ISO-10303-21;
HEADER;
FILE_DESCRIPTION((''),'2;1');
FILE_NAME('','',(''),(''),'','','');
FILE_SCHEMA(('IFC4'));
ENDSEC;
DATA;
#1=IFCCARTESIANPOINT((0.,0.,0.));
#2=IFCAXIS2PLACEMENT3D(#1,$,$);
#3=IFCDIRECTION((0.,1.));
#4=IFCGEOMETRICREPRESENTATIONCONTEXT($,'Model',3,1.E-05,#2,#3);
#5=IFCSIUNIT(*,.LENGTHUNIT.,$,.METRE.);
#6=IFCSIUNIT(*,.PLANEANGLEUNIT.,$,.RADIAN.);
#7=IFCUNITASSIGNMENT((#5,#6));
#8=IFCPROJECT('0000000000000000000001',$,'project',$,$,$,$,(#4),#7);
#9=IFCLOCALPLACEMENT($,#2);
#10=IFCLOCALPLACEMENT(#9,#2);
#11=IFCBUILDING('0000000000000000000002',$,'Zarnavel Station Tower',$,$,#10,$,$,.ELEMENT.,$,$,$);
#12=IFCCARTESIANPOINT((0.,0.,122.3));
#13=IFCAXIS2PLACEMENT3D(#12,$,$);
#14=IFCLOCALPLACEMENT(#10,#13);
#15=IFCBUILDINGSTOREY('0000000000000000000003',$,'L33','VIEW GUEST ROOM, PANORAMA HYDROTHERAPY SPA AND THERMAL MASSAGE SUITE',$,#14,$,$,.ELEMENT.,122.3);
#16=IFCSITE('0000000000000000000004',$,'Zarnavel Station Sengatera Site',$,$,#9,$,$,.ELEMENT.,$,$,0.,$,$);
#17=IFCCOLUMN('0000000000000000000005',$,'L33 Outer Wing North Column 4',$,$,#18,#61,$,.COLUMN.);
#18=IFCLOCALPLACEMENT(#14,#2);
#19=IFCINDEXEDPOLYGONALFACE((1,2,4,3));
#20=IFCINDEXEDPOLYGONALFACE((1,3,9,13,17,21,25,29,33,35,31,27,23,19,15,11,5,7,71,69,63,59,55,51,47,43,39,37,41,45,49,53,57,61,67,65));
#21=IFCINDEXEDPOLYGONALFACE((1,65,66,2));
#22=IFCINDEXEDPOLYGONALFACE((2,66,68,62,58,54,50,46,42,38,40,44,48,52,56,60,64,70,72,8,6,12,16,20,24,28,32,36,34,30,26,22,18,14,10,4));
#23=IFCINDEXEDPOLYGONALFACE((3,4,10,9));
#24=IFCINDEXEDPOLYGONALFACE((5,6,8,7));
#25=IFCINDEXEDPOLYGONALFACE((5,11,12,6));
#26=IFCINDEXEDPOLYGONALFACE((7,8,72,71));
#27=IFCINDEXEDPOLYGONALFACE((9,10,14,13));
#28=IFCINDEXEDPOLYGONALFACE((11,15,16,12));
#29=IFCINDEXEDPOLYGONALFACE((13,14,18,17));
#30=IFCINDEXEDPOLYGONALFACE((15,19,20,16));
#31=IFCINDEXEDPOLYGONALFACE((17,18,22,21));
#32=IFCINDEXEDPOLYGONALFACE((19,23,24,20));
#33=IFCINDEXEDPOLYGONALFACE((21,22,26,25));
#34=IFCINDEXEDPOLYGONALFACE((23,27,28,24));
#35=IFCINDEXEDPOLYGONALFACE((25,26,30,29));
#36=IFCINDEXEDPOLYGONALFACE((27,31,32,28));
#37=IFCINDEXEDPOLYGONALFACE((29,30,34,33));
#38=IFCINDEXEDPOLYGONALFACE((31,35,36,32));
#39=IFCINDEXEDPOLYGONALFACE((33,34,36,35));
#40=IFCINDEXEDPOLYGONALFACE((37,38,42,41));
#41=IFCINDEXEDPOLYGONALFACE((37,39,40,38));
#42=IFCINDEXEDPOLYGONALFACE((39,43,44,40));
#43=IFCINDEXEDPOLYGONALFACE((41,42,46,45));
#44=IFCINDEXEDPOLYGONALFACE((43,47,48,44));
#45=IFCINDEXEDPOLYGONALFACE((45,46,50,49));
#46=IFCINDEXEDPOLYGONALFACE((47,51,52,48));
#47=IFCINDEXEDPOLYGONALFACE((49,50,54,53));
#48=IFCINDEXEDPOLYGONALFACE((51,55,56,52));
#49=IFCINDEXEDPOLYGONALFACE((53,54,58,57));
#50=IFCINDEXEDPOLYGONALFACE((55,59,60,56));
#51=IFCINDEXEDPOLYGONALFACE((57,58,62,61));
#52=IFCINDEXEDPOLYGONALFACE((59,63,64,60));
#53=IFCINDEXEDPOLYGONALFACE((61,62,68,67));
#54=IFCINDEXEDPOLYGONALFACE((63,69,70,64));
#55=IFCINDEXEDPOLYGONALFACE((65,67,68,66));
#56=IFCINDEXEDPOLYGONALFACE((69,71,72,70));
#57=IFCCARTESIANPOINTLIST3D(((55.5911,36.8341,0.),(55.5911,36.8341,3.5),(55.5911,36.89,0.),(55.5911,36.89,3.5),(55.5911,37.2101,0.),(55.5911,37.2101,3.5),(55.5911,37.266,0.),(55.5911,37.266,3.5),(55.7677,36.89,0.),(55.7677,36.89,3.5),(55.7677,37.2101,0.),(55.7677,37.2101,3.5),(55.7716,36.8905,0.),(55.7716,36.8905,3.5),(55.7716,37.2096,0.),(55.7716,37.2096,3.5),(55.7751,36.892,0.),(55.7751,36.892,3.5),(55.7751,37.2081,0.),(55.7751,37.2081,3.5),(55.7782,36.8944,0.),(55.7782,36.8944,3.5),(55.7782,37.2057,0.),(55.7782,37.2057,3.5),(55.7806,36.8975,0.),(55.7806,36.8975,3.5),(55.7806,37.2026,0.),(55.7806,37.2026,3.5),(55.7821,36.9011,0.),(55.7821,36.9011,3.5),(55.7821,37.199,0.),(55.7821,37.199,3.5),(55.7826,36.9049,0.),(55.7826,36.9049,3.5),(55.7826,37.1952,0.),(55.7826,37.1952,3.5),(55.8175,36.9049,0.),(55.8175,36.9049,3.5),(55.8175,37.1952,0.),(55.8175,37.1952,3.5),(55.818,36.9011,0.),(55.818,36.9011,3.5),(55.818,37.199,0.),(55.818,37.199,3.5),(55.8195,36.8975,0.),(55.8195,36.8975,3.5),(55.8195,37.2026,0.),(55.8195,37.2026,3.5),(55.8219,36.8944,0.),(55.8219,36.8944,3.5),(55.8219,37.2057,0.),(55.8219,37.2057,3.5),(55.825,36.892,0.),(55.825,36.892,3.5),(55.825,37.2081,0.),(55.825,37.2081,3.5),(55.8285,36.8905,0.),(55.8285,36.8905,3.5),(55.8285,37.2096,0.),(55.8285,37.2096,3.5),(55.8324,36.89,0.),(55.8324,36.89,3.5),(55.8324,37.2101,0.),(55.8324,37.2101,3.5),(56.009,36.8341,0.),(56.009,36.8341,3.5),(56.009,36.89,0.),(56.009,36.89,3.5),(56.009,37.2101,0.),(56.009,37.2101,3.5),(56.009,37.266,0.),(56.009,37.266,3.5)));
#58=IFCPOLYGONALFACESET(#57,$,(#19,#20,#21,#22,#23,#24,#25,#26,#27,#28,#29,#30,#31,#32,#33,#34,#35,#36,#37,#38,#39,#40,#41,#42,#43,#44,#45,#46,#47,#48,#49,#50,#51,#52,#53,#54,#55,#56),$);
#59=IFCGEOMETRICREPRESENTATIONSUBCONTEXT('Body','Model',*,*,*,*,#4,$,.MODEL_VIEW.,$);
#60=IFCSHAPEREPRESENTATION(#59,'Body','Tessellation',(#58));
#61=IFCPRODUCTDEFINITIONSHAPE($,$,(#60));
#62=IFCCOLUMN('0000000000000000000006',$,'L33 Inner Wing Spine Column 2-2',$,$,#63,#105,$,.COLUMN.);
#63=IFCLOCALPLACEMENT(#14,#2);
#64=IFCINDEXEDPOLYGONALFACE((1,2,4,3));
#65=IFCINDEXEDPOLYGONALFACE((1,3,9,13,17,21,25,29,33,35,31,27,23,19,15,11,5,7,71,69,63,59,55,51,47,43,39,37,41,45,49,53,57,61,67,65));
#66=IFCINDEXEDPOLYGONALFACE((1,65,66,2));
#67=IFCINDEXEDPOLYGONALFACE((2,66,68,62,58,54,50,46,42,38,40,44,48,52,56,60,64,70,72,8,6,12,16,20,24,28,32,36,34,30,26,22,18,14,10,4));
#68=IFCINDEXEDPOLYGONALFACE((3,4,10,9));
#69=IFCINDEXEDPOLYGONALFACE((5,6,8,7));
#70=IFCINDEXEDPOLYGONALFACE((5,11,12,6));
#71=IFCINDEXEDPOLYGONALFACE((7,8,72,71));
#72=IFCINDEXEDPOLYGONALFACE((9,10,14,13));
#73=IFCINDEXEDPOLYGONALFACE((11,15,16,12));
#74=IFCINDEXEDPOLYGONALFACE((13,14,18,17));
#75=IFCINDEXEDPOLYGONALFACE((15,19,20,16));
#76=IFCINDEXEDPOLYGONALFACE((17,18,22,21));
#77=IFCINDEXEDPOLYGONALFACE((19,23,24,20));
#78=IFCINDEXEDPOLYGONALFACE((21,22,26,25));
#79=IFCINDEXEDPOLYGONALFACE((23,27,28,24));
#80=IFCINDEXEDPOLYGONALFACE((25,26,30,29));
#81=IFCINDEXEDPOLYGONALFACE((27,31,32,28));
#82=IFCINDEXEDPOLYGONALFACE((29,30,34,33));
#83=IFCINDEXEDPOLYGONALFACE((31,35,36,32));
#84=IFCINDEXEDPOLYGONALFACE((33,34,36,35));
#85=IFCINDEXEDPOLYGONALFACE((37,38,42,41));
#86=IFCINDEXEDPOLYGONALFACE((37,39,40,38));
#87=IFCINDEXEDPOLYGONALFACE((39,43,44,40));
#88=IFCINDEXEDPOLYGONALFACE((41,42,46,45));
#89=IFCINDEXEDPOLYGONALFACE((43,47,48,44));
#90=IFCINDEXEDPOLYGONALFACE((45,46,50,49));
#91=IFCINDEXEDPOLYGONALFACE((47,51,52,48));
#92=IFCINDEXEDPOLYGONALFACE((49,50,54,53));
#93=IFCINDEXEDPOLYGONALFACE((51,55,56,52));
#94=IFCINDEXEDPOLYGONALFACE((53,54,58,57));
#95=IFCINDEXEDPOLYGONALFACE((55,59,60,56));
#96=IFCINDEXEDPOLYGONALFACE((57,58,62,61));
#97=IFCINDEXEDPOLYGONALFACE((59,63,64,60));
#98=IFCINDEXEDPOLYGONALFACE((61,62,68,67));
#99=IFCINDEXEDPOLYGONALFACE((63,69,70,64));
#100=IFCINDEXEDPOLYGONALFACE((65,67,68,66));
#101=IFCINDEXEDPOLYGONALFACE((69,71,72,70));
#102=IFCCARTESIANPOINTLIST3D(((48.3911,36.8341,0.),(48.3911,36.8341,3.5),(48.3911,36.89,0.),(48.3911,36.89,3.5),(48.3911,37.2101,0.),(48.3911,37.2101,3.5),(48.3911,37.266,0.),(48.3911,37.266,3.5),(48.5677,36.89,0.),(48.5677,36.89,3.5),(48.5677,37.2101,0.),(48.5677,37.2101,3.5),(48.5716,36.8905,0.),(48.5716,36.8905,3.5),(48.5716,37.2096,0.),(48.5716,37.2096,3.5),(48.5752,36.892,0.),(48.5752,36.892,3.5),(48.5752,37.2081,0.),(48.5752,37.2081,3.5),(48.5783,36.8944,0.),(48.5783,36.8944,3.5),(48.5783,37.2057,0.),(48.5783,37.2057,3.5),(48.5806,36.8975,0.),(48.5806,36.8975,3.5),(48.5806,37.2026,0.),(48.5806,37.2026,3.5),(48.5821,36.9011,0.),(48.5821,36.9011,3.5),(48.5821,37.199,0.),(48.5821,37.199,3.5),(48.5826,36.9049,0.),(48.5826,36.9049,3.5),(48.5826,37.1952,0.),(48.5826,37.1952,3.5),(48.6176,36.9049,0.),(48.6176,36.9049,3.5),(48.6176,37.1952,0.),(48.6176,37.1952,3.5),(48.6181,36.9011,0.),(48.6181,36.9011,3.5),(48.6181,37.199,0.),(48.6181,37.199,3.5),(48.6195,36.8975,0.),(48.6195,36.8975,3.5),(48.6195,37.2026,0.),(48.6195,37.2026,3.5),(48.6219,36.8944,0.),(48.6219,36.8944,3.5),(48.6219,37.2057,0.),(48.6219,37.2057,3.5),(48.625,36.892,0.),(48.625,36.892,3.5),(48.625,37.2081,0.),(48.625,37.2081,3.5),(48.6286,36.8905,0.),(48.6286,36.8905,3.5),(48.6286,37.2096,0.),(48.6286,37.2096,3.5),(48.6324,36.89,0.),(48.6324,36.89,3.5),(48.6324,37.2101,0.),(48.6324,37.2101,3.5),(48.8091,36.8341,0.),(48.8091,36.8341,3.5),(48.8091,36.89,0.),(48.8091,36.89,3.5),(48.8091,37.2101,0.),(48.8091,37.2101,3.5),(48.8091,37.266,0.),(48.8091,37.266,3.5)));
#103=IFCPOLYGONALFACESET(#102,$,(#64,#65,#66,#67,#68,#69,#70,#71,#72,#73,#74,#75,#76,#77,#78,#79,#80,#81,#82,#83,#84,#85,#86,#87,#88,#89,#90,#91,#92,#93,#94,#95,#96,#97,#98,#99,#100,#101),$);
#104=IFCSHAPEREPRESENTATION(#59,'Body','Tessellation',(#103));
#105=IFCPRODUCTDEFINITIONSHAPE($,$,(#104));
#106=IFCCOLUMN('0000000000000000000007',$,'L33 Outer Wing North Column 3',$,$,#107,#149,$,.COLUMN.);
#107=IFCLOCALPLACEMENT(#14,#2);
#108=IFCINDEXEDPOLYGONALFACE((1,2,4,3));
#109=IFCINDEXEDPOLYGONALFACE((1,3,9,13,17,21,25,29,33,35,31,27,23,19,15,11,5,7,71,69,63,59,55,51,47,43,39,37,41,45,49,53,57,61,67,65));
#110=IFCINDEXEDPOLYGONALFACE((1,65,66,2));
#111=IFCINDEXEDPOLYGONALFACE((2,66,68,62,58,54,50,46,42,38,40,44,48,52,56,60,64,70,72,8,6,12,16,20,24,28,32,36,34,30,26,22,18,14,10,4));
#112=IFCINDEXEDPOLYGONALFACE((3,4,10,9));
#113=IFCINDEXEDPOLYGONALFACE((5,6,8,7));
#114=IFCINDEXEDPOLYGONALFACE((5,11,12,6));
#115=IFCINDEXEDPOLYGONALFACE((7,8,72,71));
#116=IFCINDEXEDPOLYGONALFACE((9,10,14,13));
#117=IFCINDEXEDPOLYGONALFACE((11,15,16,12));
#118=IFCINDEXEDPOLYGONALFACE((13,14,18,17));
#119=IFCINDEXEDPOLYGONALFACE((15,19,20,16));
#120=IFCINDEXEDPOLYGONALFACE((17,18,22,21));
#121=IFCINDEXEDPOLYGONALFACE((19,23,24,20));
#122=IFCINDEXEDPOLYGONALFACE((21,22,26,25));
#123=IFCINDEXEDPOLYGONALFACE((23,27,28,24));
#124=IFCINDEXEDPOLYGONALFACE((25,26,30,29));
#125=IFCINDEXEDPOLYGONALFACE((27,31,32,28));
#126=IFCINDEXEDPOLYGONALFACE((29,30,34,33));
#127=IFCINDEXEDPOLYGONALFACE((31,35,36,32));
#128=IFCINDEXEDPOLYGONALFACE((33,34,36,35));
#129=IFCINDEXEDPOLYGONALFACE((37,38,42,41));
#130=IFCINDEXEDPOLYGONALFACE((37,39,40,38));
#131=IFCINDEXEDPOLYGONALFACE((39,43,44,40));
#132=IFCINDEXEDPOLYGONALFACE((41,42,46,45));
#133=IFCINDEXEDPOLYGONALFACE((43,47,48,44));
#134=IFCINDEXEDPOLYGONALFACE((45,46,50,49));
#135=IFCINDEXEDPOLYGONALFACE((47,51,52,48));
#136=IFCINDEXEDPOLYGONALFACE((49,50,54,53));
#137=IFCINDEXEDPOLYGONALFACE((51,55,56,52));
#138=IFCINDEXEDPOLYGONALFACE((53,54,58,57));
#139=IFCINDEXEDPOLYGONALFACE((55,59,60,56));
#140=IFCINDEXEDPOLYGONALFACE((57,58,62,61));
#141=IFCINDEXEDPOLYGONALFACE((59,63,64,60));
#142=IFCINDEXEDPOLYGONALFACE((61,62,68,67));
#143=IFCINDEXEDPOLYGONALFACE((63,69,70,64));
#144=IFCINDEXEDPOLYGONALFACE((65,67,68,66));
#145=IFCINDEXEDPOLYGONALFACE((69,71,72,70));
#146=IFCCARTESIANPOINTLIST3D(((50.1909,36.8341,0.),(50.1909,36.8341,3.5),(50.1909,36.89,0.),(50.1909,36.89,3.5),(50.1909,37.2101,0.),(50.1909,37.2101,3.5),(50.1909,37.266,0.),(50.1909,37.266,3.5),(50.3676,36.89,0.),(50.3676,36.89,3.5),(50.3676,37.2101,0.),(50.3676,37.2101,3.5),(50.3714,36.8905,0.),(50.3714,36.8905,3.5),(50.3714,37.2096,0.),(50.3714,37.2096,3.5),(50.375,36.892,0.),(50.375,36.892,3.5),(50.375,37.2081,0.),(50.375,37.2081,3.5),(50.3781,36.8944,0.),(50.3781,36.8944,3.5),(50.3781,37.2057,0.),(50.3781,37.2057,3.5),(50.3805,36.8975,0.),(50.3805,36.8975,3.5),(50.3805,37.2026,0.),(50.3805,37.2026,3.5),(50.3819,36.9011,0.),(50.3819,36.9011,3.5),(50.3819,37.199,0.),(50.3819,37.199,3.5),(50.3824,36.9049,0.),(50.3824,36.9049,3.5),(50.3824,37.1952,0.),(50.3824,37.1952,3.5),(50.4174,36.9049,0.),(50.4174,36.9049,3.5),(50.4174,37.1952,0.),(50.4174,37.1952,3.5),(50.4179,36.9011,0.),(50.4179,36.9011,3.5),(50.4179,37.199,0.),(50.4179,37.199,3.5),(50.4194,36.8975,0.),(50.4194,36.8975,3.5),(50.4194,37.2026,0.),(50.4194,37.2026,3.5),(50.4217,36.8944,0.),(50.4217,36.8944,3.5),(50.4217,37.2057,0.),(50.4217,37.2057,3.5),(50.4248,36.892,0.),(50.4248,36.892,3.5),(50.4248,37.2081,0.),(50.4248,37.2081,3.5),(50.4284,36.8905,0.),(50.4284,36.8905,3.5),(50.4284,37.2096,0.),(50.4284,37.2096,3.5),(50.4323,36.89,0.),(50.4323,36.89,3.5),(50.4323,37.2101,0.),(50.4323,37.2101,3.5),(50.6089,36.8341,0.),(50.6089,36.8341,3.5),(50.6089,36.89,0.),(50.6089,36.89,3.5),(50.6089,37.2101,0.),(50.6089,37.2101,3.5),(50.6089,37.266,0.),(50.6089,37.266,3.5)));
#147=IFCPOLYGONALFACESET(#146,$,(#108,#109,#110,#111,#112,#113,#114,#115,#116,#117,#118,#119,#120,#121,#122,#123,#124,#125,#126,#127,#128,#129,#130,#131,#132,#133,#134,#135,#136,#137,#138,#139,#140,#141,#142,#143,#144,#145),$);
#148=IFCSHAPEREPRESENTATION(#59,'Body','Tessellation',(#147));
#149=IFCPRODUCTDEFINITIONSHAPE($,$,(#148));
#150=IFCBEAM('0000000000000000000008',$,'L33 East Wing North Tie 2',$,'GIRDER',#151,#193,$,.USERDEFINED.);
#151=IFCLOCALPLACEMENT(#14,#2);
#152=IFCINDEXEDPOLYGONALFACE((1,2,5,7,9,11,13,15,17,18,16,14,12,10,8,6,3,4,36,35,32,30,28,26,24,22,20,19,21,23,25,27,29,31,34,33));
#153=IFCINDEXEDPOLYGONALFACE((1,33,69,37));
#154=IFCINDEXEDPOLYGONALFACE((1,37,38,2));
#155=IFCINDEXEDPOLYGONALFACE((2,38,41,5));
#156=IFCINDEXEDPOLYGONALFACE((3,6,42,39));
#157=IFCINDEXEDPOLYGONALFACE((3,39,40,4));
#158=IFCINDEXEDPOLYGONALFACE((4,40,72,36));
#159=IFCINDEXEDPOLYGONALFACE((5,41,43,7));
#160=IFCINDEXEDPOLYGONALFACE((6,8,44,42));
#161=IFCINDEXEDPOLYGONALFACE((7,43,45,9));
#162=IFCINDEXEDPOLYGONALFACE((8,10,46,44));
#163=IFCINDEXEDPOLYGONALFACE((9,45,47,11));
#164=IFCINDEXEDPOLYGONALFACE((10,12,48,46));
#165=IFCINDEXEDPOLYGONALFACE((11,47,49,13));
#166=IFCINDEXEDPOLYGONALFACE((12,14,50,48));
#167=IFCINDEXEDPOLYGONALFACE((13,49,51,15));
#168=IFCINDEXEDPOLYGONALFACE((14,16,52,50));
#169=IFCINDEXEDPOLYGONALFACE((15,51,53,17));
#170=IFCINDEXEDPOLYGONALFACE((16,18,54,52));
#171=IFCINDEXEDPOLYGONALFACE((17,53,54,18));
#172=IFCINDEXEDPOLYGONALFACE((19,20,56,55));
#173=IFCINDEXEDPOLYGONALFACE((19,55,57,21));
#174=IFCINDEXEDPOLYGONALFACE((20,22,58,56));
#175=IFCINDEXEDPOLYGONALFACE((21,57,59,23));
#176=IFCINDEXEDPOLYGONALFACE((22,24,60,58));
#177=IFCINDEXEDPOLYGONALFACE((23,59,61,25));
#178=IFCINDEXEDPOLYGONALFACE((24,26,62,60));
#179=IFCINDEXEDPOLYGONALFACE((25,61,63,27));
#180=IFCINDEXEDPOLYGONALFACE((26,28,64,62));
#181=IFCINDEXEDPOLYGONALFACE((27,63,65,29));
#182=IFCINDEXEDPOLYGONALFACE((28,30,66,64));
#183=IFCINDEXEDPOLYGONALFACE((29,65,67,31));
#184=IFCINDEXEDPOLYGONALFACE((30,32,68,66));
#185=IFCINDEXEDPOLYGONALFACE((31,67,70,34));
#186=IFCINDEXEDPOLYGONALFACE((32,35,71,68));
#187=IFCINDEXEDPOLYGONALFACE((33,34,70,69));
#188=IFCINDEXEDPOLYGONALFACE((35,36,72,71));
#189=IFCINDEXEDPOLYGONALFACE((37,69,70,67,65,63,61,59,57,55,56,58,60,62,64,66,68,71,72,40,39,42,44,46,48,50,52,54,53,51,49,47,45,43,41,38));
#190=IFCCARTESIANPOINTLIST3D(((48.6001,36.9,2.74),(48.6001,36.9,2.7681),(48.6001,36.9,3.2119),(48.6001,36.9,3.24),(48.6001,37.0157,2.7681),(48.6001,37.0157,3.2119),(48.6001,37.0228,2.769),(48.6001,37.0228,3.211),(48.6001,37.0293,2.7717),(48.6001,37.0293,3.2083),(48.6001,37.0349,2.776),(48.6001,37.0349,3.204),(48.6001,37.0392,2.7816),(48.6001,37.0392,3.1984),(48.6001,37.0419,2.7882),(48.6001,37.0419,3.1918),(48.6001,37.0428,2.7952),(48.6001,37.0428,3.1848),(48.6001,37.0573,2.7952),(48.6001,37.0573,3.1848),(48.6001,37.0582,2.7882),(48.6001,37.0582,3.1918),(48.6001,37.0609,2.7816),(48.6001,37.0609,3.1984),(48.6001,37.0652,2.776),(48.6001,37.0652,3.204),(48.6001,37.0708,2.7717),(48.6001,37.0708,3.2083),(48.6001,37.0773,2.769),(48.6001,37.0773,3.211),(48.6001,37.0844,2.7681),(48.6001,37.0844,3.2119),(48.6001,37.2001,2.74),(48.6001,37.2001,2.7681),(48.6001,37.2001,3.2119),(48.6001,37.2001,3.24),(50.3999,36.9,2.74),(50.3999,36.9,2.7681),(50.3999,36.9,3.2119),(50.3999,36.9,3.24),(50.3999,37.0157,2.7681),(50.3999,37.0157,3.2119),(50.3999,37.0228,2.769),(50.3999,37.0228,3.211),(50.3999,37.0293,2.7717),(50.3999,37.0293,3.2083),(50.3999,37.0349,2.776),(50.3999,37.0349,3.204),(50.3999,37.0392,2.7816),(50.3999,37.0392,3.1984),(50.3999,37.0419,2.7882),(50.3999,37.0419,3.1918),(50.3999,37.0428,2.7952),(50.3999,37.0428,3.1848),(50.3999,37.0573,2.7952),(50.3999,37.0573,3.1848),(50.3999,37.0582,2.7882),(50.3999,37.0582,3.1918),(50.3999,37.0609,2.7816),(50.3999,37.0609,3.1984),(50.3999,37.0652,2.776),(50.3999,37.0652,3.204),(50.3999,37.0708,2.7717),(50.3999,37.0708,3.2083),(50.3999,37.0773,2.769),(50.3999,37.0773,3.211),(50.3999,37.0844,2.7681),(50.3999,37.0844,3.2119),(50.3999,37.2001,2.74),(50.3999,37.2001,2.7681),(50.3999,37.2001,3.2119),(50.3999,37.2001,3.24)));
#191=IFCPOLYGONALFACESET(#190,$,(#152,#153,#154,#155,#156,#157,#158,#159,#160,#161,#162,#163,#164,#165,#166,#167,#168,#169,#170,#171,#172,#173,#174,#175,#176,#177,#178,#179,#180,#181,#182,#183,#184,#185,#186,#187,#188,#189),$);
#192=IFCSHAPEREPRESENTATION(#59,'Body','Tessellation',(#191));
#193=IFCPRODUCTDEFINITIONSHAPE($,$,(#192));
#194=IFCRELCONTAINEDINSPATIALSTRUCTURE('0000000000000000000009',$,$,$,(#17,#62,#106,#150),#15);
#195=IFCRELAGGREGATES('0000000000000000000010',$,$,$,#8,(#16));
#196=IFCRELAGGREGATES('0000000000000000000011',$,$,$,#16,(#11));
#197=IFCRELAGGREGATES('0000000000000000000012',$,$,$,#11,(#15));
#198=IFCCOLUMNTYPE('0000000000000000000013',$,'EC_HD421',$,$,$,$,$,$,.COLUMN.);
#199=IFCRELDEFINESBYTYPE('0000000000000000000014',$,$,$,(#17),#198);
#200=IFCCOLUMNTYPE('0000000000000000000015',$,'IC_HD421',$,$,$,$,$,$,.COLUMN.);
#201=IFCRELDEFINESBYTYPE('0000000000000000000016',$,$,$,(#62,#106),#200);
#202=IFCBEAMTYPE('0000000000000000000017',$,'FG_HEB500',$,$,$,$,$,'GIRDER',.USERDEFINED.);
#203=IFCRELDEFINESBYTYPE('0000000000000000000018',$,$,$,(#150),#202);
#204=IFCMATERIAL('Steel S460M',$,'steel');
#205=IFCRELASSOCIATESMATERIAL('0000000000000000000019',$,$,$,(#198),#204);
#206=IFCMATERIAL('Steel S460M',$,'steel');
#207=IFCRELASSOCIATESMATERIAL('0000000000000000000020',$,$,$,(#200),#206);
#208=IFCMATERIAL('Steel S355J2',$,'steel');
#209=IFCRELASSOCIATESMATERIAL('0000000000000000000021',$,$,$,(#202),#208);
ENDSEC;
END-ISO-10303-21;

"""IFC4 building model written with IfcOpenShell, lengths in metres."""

from ifc_helpers import new_model, si_unit, direction, frame, origin, origin_2d, place, context, subcontext, project, spatial, i_section, extrude, material, material_profile, profile_set, type_object, element, save


model = new_model("IFC4")

# Units and contexts
model_context = context("Model", 3, precision=1e-05, world=origin(), true_north=direction((0.0, 1.0)))
body_context = subcontext(model_context, "Body", "Model", "MODEL_VIEW")
ifc_project = project(units=[si_unit("LENGTHUNIT", "METRE"), si_unit("PLANEANGLEUNIT", "RADIAN")], contexts=[model_context])

# Site, building, storey
site_placement = place(None, origin())
site = spatial("IfcSite", under=ifc_project, at=site_placement, Name="Zarnavel Station Sengatera Site", CompositionType="ELEMENT", RefElevation=0.0)
building_placement = place(site_placement, origin())
building = spatial("IfcBuilding", under=site, at=building_placement, Name="Zarnavel Station Tower", CompositionType="ELEMENT")
storey_placement = place(building_placement, frame((0.0, 0.0, 122.3)))
storey = spatial("IfcBuildingStorey", under=building, at=storey_placement, Name="L33", Description="VIEW GUEST ROOM, PANORAMA HYDROTHERAPY SPA AND THERMAL MASSAGE SUITE", CompositionType="ELEMENT", Elevation=122.3)

# Columns
ifc_material_1 = material(Name="Steel S460M", Category="steel")
ifc_material_profile_1 = material_profile(ifc_material_1, i_section(OverallWidth=0.418, OverallDepth=0.4319, WebThickness=0.0349, FlangeThickness=0.0559, FilletRadius=0.0149, at=origin_2d()), Name="HD400x421")
ifc_profile_set_1 = profile_set([ifc_material_profile_1], Name="Steel S460M")
column_type_1 = type_object("IfcColumnType", Name="EC_HD421", PredefinedType="COLUMN", material=ifc_profile_set_1)
column_placement = place(storey_placement, frame((55.8, 37.05, 0.0), z_axis=(0.0, 0.0, 1.0), x_axis=(1.0, 0.0, 0.0)))
element("IfcColumn", 1, at=column_placement, inside=storey, type_object=column_type_1, Name="L33 Outer Wing North Column 4", PredefinedType="COLUMN", context=body_context, shape_type="SweptSolid", body=[
    extrude(i_section(OverallWidth=0.418, OverallDepth=0.4319, WebThickness=0.0349, FlangeThickness=0.0559, FilletRadius=0.0149, at=origin_2d()), origin(), (0.0, 0.0, 1.0), 3.5),
])
ifc_material_2 = material(Name="Steel S460M", Category="steel")
ifc_material_profile_2 = material_profile(ifc_material_2, i_section(OverallWidth=0.418, OverallDepth=0.4319, WebThickness=0.0349, FlangeThickness=0.0559, FilletRadius=0.0149, at=origin_2d()), Name="HD400x421")
ifc_profile_set_2 = profile_set([ifc_material_profile_2], Name="Steel S460M")
column_type_2 = type_object("IfcColumnType", Name="IC_HD421", PredefinedType="COLUMN", material=ifc_profile_set_2)
for number, where, z_axis, x_axis, name in (
    (2, (48.6001, 37.05, 0.0), (0.0, 0.0, 1.0), (1.0, 0.0, 0.0), "L33 Inner Wing Spine Column 2-2"),
    (3, (50.3999, 37.05, 0.0), (0.0, 0.0, 1.0), (1.0, 0.0, 0.0), "L33 Outer Wing North Column 3"),
):
    element("IfcColumn", number, at=place(storey_placement, frame(where, z_axis=z_axis, x_axis=x_axis)), inside=storey, type_object=column_type_2, Name=name, PredefinedType="COLUMN", context=body_context, shape_type="SweptSolid", body=[
        extrude(i_section(OverallWidth=0.418, OverallDepth=0.4319, WebThickness=0.0349, FlangeThickness=0.0559, FilletRadius=0.0149, at=origin_2d()), origin(), (0.0, 0.0, 1.0), 3.5),
    ])

# Beam
ifc_material_3 = material(Name="Steel S355J2", Category="steel")
ifc_material_profile_3 = material_profile(ifc_material_3, i_section(OverallWidth=0.3, OverallDepth=0.5, WebThickness=0.0144, FlangeThickness=0.0281, FilletRadius=0.0271, at=origin_2d()), Name="HEB500")
ifc_profile_set_3 = profile_set([ifc_material_profile_3], Name="Steel S355J2")
beam_type = type_object("IfcBeamType", Name="FG_HEB500", ElementType="GIRDER", PredefinedType="USERDEFINED", material=ifc_profile_set_3)
beam_1_placement = place(storey_placement, frame((48.6001, 37.05, 2.99), z_axis=(1.0, 0.0, 0.0), x_axis=(0.0, 1.0, 0.0)))
element("IfcBeam", 4, at=beam_1_placement, inside=storey, type_object=beam_type, Name="L33 East Wing North Tie 2", ObjectType="GIRDER", PredefinedType="USERDEFINED", context=body_context, shape_type="SweptSolid", body=[
    extrude(i_section(OverallWidth=0.3, OverallDepth=0.5, WebThickness=0.0144, FlangeThickness=0.0281, FilletRadius=0.0271, at=origin_2d()), origin(), (0.0, 0.0, 1.0), 1.7998),
])

save(model, "model.ifc")
